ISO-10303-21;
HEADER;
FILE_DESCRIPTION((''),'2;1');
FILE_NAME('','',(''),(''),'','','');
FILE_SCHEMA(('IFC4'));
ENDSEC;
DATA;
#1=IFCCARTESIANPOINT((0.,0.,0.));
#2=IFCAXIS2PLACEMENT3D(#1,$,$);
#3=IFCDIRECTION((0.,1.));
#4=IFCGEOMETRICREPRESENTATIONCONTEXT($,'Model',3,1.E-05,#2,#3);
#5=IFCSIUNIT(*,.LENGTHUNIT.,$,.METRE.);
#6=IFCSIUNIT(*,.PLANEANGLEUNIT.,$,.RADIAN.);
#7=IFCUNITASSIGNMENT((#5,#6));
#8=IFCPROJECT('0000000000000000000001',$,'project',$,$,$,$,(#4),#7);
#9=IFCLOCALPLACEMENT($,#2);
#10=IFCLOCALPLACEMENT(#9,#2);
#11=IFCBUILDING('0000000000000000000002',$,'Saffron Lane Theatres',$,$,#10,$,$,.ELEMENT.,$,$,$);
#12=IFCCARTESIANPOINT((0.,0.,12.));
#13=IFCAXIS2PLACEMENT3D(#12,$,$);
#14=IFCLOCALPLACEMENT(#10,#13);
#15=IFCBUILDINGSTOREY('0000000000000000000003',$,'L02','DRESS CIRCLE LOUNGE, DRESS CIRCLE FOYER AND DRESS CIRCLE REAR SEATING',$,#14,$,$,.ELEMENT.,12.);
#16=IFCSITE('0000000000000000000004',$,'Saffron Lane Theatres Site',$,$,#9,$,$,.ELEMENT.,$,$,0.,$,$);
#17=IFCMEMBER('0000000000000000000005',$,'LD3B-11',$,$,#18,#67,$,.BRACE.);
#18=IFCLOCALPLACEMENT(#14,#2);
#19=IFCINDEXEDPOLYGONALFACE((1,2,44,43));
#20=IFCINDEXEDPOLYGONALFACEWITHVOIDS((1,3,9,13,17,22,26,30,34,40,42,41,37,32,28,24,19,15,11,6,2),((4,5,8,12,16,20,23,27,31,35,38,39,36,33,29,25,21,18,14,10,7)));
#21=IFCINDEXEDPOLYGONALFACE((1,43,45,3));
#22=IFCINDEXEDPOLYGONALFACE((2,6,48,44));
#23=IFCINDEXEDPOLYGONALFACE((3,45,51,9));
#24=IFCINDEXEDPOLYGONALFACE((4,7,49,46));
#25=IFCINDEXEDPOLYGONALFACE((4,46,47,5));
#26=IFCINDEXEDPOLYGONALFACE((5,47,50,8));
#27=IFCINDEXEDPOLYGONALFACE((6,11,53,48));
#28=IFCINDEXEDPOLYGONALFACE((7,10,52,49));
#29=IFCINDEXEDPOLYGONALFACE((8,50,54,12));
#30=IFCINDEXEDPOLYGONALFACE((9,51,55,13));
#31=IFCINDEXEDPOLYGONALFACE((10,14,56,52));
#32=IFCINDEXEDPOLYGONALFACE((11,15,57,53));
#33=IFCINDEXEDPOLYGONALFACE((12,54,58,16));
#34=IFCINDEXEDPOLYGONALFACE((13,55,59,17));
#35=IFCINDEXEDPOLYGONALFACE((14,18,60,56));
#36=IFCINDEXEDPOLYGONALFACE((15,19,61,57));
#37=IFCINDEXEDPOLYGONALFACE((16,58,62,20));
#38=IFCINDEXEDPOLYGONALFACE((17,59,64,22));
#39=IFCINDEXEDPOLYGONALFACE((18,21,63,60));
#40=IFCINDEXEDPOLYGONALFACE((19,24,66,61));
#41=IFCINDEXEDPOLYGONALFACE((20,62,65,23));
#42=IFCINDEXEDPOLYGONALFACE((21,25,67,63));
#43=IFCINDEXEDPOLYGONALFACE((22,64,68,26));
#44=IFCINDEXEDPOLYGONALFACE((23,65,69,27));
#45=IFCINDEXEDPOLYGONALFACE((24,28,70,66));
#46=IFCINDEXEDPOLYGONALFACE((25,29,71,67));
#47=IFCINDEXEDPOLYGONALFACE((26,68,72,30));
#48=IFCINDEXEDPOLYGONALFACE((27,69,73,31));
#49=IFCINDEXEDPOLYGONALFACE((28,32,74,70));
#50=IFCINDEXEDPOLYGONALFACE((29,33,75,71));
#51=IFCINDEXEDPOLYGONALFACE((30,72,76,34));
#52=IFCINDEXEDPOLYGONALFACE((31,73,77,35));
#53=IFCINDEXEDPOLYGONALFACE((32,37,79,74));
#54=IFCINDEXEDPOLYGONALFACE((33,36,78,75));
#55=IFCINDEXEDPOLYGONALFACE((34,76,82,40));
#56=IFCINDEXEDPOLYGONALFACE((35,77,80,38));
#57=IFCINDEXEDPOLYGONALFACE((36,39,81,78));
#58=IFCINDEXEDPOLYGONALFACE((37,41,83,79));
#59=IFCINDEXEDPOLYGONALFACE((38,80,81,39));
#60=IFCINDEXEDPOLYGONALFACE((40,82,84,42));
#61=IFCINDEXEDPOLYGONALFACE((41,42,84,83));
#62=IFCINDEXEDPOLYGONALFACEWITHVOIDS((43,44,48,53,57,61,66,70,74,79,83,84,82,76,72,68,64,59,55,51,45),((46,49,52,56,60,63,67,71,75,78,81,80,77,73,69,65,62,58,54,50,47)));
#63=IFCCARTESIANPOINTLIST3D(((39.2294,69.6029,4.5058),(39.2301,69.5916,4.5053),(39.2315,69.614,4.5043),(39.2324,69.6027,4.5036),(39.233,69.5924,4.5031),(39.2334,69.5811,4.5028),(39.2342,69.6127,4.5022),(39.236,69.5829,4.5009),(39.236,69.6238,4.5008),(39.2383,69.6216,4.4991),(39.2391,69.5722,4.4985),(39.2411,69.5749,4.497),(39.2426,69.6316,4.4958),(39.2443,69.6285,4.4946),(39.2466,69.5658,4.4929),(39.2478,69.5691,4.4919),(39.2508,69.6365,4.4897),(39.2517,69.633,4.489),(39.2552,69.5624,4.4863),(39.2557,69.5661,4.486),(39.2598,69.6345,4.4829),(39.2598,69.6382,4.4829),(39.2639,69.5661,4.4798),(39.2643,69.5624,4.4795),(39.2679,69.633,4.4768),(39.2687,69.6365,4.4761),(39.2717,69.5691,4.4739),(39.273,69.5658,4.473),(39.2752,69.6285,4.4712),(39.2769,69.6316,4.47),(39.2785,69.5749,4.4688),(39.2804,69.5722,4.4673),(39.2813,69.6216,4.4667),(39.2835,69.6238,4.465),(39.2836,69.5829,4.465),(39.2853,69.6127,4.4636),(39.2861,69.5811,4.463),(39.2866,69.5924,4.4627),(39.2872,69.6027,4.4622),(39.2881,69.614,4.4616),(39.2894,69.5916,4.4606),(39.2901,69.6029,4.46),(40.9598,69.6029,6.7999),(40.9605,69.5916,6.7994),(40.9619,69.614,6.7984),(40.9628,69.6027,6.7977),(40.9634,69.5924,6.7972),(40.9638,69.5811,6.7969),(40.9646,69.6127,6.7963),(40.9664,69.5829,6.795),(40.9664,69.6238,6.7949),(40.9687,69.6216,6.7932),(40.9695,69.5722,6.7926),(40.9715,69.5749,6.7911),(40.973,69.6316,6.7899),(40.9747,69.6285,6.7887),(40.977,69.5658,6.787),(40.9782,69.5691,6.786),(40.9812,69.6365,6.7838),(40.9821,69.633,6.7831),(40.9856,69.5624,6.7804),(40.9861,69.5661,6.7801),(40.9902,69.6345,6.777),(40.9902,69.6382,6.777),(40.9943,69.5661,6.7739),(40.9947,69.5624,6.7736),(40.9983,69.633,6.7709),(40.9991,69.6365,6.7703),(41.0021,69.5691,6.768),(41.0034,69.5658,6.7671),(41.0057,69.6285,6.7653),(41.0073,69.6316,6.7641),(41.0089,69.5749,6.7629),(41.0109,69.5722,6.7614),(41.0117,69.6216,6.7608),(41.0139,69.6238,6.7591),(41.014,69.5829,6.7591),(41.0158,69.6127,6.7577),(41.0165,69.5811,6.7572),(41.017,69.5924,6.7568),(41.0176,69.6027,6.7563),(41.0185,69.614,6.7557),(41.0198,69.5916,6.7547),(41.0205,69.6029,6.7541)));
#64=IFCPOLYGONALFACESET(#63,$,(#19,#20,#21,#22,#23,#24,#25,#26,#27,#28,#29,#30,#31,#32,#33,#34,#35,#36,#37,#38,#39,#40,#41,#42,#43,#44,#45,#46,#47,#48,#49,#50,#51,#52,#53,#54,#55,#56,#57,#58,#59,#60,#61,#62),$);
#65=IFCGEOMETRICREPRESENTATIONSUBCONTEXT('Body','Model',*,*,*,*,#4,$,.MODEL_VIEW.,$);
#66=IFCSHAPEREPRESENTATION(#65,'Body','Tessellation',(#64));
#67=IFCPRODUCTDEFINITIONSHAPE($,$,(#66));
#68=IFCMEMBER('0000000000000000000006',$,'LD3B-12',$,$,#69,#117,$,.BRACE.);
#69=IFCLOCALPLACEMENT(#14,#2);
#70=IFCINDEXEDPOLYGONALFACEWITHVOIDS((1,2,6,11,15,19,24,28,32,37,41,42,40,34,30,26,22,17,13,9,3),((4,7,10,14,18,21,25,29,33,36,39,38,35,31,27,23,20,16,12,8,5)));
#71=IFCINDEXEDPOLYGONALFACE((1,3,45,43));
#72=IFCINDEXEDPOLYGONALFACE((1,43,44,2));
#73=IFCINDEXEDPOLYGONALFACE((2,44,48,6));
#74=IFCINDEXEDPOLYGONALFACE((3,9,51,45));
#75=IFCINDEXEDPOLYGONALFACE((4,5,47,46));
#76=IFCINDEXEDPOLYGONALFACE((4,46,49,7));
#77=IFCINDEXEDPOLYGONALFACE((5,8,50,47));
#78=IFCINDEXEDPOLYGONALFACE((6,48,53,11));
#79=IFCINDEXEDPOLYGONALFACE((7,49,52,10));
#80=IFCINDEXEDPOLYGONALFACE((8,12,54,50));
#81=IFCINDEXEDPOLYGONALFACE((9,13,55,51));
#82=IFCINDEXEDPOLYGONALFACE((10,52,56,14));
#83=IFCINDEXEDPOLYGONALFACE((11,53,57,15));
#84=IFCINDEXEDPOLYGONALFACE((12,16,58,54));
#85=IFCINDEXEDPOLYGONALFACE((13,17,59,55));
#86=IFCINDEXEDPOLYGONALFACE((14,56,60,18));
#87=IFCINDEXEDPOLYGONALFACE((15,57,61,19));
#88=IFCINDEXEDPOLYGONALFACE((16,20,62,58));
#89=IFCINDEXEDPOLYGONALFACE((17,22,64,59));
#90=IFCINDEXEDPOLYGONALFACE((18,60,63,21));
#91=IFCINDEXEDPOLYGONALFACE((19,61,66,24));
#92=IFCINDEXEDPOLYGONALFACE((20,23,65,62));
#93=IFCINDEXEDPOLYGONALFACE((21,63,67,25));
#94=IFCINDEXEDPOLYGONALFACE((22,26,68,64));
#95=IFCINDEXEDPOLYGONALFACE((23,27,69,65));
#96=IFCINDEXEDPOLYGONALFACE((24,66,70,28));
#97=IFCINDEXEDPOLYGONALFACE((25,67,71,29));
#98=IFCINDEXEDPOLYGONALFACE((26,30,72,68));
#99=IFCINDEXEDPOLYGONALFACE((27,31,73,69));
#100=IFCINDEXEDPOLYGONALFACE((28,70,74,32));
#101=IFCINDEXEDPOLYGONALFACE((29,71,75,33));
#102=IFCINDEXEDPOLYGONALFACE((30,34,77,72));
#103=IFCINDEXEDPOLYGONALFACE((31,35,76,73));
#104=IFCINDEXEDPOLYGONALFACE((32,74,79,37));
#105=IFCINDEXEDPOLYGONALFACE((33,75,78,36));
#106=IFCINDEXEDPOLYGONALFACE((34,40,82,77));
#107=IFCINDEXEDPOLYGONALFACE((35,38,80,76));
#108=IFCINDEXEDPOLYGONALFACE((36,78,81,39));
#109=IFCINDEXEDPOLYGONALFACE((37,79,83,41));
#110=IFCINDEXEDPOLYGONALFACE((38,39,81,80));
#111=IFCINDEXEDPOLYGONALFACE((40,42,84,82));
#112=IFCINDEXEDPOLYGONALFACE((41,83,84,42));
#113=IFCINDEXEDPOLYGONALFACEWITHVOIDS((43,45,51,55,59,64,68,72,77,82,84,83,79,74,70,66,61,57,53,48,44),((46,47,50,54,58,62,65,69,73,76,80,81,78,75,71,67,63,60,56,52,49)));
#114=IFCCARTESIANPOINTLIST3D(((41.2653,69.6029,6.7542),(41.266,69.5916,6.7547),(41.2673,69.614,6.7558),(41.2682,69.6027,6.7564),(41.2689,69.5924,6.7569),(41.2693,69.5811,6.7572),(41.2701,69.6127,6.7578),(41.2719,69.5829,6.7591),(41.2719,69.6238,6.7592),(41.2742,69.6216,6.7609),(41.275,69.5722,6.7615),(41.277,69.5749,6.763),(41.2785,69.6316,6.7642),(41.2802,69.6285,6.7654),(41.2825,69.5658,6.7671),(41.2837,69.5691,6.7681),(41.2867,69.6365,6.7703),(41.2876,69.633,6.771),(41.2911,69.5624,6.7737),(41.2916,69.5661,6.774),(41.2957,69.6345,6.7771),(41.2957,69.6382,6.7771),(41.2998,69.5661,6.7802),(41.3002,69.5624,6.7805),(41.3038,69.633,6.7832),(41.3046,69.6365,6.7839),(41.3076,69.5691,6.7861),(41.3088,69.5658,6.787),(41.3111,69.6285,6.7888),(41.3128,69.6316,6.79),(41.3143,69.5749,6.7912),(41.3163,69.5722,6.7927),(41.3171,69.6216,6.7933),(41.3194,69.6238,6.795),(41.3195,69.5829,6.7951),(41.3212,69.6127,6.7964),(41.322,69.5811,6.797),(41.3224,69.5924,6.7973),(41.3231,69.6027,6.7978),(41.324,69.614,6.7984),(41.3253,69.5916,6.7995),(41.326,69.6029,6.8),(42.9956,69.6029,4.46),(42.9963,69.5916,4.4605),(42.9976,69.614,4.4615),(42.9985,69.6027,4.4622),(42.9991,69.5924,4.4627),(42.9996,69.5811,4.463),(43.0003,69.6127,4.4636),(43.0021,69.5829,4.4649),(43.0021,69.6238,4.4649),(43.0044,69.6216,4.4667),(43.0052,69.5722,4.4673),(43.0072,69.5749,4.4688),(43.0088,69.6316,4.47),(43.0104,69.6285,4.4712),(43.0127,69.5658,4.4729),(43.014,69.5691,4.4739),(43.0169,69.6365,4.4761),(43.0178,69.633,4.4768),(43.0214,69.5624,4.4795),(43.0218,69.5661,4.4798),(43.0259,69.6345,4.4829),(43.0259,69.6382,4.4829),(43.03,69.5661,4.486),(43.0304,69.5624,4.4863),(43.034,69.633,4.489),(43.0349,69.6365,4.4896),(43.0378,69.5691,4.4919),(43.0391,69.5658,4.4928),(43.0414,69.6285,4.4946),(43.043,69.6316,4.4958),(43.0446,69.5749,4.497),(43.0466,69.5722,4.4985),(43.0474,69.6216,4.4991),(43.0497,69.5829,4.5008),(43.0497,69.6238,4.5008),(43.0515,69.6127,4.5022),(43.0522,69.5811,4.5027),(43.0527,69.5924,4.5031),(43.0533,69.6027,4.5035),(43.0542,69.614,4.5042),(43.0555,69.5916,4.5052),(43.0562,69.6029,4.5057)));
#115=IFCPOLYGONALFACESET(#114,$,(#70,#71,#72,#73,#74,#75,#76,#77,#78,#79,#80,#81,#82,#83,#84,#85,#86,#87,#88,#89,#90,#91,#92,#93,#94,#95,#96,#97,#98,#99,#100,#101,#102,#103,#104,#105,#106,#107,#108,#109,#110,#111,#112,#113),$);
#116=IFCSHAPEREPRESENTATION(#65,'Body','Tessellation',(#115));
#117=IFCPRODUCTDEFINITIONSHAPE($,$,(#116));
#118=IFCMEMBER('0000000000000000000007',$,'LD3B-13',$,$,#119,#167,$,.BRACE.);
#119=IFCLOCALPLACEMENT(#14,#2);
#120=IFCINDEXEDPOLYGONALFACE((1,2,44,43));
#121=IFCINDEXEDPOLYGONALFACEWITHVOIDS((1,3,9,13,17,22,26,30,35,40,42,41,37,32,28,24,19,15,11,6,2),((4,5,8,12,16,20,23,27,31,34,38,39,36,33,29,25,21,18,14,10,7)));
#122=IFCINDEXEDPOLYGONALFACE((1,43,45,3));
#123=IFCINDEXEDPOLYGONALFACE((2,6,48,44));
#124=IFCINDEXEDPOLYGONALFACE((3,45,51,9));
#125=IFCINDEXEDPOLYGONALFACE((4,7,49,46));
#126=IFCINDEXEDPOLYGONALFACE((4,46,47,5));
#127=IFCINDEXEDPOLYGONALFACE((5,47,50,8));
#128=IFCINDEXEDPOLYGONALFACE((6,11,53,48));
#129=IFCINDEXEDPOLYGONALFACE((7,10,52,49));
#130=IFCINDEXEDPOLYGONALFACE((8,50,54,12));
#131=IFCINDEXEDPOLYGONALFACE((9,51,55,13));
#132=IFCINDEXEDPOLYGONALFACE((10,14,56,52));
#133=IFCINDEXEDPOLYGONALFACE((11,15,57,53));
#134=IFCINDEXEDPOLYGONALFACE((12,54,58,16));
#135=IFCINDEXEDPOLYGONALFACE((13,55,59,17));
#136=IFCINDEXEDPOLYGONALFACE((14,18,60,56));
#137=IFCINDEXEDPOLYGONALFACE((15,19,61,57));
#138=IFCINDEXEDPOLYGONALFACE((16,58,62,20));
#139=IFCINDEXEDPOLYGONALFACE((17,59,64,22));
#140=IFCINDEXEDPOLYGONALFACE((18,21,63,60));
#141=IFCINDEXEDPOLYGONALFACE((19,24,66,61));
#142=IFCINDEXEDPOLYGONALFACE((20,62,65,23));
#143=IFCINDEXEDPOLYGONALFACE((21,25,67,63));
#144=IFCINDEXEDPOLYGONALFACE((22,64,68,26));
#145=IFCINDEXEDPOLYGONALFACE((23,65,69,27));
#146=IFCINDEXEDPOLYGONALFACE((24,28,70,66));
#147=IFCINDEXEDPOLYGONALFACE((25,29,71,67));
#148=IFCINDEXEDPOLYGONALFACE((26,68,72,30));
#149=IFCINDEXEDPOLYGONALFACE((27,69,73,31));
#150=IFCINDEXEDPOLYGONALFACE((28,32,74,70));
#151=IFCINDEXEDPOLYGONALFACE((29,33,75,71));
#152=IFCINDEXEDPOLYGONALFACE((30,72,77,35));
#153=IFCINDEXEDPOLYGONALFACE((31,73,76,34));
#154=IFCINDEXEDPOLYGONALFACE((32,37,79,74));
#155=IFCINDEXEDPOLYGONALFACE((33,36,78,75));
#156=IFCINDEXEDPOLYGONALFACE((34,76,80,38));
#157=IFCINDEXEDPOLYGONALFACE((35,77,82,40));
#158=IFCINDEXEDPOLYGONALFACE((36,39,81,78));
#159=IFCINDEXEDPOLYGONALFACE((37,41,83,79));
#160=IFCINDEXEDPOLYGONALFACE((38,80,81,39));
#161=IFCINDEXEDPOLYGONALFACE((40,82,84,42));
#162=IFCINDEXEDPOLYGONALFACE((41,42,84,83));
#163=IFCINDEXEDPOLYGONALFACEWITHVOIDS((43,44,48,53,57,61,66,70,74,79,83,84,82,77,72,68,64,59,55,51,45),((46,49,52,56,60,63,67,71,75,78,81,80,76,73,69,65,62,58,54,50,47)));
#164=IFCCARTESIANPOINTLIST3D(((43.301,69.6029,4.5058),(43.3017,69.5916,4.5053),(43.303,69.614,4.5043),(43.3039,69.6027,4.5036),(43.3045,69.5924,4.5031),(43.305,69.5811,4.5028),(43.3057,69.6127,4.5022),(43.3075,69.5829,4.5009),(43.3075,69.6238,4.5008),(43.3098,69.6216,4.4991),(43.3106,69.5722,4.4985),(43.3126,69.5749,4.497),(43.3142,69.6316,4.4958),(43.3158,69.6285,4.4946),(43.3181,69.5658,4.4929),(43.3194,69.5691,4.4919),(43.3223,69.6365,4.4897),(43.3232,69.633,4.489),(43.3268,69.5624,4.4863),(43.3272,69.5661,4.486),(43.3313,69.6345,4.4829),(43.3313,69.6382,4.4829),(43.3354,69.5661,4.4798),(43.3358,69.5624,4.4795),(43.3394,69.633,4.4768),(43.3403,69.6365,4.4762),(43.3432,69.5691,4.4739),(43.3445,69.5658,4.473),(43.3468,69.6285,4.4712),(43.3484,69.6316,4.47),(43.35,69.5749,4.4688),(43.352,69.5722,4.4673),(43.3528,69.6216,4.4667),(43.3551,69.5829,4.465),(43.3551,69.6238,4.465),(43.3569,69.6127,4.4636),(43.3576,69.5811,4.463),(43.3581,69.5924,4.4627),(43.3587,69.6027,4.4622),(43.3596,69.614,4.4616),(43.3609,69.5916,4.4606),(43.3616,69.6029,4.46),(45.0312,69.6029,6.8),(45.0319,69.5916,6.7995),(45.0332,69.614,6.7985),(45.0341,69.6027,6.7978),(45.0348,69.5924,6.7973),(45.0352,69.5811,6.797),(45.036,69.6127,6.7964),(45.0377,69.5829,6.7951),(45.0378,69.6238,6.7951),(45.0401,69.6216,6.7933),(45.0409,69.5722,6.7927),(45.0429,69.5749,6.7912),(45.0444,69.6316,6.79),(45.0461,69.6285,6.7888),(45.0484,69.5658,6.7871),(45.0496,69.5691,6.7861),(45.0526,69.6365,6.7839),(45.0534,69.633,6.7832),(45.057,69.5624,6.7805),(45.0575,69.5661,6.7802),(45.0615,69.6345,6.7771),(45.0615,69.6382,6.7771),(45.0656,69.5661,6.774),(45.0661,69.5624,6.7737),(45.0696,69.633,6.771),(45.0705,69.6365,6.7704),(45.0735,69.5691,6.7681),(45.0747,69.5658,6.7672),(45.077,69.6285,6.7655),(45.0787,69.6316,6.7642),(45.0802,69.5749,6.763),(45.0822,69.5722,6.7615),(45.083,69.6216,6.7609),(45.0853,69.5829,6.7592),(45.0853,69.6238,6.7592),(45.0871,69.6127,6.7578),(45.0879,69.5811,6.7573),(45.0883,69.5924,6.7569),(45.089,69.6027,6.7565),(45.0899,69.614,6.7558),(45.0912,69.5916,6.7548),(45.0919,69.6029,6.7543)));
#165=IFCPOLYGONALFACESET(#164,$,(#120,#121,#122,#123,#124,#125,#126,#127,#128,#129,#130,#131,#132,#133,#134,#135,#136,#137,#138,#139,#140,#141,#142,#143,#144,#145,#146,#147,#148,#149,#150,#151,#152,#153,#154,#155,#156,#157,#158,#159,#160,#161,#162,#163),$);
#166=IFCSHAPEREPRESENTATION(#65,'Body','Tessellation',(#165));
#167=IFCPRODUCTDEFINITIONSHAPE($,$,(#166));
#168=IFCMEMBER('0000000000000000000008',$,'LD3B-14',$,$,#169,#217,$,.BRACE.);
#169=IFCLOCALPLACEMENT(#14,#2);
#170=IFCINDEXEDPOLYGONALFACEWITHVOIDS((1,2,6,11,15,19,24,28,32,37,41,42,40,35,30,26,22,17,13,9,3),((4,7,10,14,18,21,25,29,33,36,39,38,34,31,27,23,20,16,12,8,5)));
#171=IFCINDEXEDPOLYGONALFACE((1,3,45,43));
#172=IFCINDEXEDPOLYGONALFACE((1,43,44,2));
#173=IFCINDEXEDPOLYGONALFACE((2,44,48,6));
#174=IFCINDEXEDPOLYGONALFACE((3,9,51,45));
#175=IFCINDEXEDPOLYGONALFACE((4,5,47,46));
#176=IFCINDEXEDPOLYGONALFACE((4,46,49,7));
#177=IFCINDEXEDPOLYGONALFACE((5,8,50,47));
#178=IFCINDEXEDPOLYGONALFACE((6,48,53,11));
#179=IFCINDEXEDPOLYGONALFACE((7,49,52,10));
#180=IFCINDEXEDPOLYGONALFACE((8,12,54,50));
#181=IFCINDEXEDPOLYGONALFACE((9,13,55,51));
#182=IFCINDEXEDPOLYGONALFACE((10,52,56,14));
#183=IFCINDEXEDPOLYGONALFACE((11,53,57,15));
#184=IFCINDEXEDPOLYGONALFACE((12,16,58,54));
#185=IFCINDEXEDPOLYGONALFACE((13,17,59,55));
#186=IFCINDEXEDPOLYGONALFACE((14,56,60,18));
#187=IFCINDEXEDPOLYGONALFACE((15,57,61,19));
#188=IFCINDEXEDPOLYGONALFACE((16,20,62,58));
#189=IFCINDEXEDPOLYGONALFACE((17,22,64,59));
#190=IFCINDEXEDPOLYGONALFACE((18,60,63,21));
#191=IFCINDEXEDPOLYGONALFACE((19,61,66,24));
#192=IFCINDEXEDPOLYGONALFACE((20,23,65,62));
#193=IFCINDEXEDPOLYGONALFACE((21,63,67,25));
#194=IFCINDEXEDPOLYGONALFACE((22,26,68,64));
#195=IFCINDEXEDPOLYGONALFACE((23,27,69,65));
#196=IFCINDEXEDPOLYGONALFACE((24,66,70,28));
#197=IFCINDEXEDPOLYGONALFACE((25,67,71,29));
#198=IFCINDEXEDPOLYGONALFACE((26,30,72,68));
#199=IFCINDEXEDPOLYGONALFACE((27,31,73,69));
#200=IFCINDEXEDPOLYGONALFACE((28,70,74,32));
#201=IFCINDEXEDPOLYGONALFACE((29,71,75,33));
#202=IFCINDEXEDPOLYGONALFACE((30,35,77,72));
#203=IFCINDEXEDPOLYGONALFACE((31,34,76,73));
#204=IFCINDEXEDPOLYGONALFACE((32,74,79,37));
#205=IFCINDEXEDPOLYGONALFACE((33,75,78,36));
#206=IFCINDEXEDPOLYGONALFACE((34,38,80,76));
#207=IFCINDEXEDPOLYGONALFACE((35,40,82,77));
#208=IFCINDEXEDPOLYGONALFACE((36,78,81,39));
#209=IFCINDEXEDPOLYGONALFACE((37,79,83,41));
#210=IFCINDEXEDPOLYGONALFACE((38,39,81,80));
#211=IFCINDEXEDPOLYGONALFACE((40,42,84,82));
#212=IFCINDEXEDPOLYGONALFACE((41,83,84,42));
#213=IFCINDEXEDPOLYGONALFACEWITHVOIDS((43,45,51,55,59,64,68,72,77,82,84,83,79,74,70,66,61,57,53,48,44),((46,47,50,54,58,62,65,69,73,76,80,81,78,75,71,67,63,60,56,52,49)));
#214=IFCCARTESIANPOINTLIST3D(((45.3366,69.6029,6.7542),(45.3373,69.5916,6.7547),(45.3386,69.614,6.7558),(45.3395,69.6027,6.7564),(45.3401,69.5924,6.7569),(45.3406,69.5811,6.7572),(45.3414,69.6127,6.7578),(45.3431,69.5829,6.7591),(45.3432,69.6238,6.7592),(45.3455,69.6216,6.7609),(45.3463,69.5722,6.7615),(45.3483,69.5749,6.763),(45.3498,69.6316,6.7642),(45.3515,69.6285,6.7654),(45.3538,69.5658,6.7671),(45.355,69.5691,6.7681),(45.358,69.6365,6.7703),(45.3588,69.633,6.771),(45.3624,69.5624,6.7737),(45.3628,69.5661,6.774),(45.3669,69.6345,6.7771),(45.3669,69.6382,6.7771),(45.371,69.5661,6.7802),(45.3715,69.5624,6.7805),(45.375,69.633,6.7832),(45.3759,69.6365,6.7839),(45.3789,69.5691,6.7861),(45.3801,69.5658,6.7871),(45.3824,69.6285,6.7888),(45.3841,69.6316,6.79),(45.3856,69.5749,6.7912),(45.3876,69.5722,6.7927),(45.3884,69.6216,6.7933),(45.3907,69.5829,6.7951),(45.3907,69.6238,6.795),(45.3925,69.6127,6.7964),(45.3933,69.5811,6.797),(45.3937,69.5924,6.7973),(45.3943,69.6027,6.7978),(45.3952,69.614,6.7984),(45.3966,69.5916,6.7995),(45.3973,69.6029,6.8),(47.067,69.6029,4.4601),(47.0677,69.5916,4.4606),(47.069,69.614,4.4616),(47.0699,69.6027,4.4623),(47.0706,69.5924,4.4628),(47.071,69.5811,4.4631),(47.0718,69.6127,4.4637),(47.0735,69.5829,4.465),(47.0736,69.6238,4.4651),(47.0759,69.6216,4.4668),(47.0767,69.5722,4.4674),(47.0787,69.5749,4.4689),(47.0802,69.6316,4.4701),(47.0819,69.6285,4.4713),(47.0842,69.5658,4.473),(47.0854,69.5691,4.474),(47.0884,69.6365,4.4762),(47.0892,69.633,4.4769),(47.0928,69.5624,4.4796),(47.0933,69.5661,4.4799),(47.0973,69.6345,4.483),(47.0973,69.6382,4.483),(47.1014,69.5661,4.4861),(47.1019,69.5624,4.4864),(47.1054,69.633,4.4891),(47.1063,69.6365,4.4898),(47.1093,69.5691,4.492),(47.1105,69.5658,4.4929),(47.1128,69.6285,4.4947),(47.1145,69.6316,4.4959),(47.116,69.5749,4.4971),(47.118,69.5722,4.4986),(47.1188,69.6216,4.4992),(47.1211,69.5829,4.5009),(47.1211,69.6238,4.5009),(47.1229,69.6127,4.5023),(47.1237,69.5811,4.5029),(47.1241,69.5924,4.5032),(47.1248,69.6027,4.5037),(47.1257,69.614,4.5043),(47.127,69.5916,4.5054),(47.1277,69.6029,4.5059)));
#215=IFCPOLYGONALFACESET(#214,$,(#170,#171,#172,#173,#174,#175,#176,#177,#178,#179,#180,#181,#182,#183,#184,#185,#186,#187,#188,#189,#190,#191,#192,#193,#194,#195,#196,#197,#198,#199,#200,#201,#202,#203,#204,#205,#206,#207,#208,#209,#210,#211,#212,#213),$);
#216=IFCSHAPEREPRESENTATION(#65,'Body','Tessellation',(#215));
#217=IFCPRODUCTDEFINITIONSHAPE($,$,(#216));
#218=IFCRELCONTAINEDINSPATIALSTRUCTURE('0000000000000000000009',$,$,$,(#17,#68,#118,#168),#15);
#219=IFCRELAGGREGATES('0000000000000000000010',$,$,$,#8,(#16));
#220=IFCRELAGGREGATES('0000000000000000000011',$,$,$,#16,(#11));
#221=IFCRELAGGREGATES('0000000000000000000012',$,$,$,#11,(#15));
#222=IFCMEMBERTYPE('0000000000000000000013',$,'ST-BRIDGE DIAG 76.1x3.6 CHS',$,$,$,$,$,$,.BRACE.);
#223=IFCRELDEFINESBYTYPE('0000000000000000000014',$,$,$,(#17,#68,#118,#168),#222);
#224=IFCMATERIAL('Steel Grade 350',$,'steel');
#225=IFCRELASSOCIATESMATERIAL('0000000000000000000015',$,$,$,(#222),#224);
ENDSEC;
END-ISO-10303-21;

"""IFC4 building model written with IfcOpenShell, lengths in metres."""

from ifc_helpers import new_model, si_unit, direction, frame, origin, origin_2d, place, context, subcontext, project, spatial, hollow_circle, extrude, material, material_profile, profile_set, type_object, element, save


model = new_model("IFC4")

# Units and contexts
model_context = context("Model", 3, precision=1e-05, world=origin(), true_north=direction((0.0, 1.0)))
body_context = subcontext(model_context, "Body", "Model", "MODEL_VIEW")
ifc_project = project(units=[si_unit("LENGTHUNIT", "METRE"), si_unit("PLANEANGLEUNIT", "RADIAN")], contexts=[model_context])

# Site, building, storey
site_placement = place(None, origin())
site = spatial("IfcSite", under=ifc_project, at=site_placement, Name="Saffron Lane Theatres Site", CompositionType="ELEMENT", RefElevation=0.0)
building_placement = place(site_placement, origin())
building = spatial("IfcBuilding", under=site, at=building_placement, Name="Saffron Lane Theatres", CompositionType="ELEMENT")
storey_placement = place(building_placement, frame((0.0, 0.0, 12.0)))
storey = spatial("IfcBuildingStorey", under=building, at=storey_placement, Name="L02", Description="DRESS CIRCLE LOUNGE, DRESS CIRCLE FOYER AND DRESS CIRCLE REAR SEATING", CompositionType="ELEMENT", Elevation=12.0)

# Members
ifc_material_1 = material(Name="Steel Grade 350", Category="steel")
ifc_material_profile_1 = material_profile(ifc_material_1, hollow_circle(Radius=0.0381, WallThickness=0.0037, at=origin_2d()))
ifc_profile_set_1 = profile_set([ifc_material_profile_1], Name="Steel Grade 350")
member_type = type_object("IfcMemberType", Name="ST-BRIDGE DIAG 76.1x3.6 CHS", PredefinedType="BRACE", material=ifc_profile_set_1)
for number, where, z_axis, x_axis, name in (
    (1, (39.2598, 69.6001, 4.4829), (0.602186, 0.0, 0.798356), (0.0, 1.0, 0.0), "LD3B-11"),
    (2, (41.2957, 69.6001, 6.7771), (0.602132, 0.0, -0.798396), (0.0, 1.0, 0.0), "LD3B-12"),
    (3, (43.3313, 69.6001, 4.4829), (0.602132, 0.0, 0.798396), (0.0, 1.0, 0.0), "LD3B-13"),
    (4, (45.3669, 69.6001, 6.7771), (0.602186, 0.0, -0.798356), (0.0, 1.0, 0.0), "LD3B-14"),
):
    element("IfcMember", number, at=place(storey_placement, frame(where, z_axis=z_axis, x_axis=x_axis)), inside=storey, type_object=member_type, Name=name, PredefinedType="BRACE", context=body_context, shape_type="SweptSolid", body=[
        extrude(hollow_circle(Radius=0.0381, WallThickness=0.0037, at=origin_2d()), origin(), (0.0, 0.0, 1.0), 2.8735),
    ])

save(model, "model.ifc")
